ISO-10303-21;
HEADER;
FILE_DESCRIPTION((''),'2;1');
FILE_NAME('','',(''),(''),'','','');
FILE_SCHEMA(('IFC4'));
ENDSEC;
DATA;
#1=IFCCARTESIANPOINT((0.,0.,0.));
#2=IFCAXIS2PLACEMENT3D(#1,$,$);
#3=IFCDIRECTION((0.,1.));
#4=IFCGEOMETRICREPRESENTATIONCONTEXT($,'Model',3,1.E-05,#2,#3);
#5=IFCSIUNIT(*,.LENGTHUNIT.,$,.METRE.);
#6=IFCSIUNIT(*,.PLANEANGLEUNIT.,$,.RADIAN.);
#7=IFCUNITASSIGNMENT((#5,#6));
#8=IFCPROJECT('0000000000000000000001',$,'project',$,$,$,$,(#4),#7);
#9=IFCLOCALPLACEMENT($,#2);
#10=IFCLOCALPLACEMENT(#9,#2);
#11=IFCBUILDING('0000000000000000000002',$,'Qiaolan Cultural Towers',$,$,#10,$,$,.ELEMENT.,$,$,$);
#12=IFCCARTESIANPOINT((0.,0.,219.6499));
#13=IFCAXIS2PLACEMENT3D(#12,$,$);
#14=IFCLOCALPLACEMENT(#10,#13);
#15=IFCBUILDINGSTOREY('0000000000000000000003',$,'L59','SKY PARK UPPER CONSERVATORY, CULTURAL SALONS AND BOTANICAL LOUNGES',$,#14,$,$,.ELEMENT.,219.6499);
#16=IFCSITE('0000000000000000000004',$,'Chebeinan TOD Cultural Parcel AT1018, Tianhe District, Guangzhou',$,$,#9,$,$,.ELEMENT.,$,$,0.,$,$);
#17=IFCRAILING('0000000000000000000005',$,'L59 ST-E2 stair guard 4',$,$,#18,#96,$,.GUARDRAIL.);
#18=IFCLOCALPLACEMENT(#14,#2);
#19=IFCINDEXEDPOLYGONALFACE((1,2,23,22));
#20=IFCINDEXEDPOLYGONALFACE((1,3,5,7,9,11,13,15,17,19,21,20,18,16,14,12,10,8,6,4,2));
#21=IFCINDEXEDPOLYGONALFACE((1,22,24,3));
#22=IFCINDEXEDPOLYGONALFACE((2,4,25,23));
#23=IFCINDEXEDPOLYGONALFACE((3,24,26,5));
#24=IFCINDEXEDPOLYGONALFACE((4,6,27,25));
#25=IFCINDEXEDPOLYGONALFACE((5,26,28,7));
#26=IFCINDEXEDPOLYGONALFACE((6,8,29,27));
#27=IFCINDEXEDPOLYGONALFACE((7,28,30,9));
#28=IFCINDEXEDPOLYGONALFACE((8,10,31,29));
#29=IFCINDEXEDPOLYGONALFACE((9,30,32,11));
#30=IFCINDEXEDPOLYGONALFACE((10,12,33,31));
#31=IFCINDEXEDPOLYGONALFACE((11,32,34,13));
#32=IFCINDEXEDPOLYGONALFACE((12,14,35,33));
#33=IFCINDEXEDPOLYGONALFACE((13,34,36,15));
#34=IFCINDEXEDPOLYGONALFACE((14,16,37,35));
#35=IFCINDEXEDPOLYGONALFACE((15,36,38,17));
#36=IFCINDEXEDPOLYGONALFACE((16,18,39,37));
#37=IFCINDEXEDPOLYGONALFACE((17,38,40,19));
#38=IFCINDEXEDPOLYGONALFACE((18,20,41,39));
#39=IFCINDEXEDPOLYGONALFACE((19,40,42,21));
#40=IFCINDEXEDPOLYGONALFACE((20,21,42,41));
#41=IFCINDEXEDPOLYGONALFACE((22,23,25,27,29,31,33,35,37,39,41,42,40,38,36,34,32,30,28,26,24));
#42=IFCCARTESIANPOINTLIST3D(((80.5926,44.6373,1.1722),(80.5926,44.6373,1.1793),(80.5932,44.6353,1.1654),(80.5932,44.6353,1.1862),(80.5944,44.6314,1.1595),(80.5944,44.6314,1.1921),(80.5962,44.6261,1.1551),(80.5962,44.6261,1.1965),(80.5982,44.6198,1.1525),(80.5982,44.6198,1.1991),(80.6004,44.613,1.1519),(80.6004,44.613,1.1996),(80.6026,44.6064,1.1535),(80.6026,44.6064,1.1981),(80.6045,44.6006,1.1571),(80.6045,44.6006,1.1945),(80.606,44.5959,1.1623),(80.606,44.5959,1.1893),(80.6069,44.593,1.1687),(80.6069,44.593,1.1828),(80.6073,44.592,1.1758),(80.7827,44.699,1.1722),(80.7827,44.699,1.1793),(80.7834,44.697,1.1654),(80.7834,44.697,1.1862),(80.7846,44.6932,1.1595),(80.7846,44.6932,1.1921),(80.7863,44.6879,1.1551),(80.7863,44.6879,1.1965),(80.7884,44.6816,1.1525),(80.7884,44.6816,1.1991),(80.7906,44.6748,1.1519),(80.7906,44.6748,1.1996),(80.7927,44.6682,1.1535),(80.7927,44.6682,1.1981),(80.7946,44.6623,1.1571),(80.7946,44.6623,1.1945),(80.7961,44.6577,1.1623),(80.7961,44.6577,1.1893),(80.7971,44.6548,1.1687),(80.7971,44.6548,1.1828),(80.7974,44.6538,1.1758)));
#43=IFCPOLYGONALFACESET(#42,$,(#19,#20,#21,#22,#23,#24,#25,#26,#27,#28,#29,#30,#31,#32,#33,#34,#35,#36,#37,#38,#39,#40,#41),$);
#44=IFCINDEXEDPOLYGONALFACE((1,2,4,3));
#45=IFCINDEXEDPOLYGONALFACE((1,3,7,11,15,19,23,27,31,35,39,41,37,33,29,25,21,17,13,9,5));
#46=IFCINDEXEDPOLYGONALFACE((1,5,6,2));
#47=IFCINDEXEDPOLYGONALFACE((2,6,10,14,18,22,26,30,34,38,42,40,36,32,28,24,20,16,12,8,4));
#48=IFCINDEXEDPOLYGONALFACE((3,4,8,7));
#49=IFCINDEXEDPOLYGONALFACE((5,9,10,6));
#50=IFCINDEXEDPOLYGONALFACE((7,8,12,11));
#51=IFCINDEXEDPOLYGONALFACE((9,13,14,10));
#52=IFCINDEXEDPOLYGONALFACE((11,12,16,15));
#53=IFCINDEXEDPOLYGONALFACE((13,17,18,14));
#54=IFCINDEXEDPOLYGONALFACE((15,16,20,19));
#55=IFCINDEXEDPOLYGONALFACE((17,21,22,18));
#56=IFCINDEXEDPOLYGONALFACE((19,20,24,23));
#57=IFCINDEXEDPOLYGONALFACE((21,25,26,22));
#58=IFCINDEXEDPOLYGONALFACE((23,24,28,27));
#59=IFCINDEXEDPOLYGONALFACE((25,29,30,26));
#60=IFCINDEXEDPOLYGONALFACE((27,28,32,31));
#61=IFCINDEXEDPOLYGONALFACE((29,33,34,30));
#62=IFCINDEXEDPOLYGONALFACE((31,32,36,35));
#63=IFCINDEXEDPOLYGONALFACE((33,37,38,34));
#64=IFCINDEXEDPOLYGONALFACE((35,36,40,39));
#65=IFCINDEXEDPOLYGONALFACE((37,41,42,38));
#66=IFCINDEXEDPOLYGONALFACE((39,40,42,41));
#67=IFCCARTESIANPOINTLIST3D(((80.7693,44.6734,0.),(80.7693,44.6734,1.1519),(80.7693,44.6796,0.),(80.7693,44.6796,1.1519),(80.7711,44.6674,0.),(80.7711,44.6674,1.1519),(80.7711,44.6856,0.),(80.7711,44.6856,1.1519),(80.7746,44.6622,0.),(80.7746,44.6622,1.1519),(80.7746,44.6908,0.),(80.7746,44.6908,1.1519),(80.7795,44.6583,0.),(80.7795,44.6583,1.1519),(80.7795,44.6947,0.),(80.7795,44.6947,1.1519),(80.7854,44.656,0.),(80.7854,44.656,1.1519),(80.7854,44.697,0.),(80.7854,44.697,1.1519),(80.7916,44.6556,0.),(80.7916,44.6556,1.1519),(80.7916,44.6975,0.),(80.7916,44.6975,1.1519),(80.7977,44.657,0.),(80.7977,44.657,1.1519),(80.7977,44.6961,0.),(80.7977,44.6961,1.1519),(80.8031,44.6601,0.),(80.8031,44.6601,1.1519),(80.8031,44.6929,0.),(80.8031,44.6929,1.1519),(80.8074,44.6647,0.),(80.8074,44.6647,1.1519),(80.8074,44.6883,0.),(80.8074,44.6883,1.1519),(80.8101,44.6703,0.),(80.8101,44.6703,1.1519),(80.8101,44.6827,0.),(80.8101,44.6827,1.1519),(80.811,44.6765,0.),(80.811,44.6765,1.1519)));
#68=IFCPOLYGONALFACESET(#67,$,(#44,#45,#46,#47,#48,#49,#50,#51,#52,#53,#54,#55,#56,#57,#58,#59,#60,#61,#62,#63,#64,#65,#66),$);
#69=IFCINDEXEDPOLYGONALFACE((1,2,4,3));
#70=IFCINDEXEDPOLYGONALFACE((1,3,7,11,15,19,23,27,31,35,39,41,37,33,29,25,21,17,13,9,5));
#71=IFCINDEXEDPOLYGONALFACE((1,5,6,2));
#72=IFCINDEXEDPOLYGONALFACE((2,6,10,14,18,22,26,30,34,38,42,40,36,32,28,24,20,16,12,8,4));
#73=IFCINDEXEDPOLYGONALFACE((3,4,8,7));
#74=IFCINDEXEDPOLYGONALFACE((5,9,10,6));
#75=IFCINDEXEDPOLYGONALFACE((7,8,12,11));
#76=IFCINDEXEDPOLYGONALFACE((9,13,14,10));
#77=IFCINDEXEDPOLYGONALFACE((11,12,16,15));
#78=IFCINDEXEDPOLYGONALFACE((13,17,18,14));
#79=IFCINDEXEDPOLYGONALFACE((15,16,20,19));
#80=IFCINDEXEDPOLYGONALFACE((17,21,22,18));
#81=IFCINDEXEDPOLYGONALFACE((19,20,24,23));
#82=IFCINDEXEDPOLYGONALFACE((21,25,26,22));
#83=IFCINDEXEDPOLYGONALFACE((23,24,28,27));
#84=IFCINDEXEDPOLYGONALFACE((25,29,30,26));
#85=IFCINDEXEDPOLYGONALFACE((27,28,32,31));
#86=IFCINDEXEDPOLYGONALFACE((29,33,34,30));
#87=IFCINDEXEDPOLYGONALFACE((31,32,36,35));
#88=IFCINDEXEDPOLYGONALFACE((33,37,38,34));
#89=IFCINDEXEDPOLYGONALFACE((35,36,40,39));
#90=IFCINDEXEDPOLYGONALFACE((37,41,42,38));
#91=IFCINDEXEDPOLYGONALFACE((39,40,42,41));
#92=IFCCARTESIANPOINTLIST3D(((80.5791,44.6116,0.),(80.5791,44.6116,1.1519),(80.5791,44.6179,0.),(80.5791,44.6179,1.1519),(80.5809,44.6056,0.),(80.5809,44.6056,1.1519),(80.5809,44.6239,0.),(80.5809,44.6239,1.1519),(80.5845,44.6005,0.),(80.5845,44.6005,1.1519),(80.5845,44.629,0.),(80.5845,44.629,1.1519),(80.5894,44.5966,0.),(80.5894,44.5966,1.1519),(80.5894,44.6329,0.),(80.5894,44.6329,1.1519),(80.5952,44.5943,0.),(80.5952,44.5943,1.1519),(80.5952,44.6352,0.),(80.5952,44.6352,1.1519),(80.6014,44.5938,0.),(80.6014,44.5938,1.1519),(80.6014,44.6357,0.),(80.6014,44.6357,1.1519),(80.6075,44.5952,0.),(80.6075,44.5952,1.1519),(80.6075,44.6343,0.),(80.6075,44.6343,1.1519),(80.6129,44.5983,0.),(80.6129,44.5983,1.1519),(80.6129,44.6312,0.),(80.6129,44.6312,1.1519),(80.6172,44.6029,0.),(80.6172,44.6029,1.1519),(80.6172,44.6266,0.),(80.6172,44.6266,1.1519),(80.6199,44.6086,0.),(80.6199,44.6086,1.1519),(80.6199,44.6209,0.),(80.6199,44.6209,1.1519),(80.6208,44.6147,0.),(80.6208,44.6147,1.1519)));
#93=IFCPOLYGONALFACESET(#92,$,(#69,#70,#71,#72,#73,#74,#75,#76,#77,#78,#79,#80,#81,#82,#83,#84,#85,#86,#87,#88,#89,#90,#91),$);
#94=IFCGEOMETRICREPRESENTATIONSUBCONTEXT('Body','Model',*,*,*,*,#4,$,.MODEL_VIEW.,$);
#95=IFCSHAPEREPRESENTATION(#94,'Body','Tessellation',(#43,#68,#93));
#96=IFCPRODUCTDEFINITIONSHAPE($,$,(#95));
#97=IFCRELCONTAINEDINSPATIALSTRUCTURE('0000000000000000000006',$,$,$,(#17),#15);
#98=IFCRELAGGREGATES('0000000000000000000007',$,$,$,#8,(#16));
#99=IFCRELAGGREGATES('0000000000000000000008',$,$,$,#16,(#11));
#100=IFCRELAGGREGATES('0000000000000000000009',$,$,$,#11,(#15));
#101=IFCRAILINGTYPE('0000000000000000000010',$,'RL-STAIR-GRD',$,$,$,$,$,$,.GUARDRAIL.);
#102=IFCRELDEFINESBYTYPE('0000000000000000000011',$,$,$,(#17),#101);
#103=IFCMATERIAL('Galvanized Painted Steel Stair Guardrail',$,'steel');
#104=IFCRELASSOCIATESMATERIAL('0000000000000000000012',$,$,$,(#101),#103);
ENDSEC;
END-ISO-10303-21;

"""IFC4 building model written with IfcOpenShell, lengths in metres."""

from ifc_helpers import new_model, si_unit, direction, frame, origin, origin_2d, place, context, subcontext, project, spatial, circle, extrude, material, type_object, element, save


model = new_model("IFC4")

# Units and contexts
model_context = context("Model", 3, precision=1e-05, world=origin(), true_north=direction((0.0, 1.0)))
body_context = subcontext(model_context, "Body", "Model", "MODEL_VIEW")
ifc_project = project(units=[si_unit("LENGTHUNIT", "METRE"), si_unit("PLANEANGLEUNIT", "RADIAN")], contexts=[model_context])

# Site, building, storey
site_placement = place(None, origin())
site = spatial("IfcSite", under=ifc_project, at=site_placement, Name="Chebeinan TOD Cultural Parcel AT1018, Tianhe District, Guangzhou", CompositionType="ELEMENT", RefElevation=0.0)
building_placement = place(site_placement, origin())
building = spatial("IfcBuilding", under=site, at=building_placement, Name="Qiaolan Cultural Towers", CompositionType="ELEMENT")
storey_placement = place(building_placement, frame((0.0, 0.0, 219.6499)))
storey = spatial("IfcBuildingStorey", under=building, at=storey_placement, Name="L59", Description="SKY PARK UPPER CONSERVATORY, CULTURAL SALONS AND BOTANICAL LOUNGES", CompositionType="ELEMENT", Elevation=219.6499)

# Railing
ifc_material_1 = material(Name="Galvanized Painted Steel Stair Guardrail", Category="steel")
railing_type = type_object("IfcRailingType", Name="RL-STAIR-GRD", PredefinedType="GUARDRAIL", material=ifc_material_1)
railing_1_placement = place(storey_placement, frame((80.79, 44.6765, 0.0)))
element("IfcRailing", 1, at=railing_1_placement, inside=storey, type_object=railing_type, Name="L59 ST-E2 stair guard 4", PredefinedType="GUARDRAIL", context=body_context, shape_type="SweptSolid", body=[
    extrude(circle(Radius=0.0239, at=origin_2d()), frame((0.0, 0.0, 1.1758), z_axis=(-0.951097, -0.308893, 0.0), x_axis=(0.308893, -0.951097, 0.0)), (0.0, 0.0, 1.0), 0.2),
    extrude(circle(Radius=0.021, at=origin_2d()), origin(), (0.0, 0.0, 1.0), 1.1519),
    extrude(circle(Radius=0.021, at=origin_2d()), frame((-0.1902, -0.0618, 0.0)), (0.0, 0.0, 1.0), 1.1519),
])

save(model, "model.ifc")
